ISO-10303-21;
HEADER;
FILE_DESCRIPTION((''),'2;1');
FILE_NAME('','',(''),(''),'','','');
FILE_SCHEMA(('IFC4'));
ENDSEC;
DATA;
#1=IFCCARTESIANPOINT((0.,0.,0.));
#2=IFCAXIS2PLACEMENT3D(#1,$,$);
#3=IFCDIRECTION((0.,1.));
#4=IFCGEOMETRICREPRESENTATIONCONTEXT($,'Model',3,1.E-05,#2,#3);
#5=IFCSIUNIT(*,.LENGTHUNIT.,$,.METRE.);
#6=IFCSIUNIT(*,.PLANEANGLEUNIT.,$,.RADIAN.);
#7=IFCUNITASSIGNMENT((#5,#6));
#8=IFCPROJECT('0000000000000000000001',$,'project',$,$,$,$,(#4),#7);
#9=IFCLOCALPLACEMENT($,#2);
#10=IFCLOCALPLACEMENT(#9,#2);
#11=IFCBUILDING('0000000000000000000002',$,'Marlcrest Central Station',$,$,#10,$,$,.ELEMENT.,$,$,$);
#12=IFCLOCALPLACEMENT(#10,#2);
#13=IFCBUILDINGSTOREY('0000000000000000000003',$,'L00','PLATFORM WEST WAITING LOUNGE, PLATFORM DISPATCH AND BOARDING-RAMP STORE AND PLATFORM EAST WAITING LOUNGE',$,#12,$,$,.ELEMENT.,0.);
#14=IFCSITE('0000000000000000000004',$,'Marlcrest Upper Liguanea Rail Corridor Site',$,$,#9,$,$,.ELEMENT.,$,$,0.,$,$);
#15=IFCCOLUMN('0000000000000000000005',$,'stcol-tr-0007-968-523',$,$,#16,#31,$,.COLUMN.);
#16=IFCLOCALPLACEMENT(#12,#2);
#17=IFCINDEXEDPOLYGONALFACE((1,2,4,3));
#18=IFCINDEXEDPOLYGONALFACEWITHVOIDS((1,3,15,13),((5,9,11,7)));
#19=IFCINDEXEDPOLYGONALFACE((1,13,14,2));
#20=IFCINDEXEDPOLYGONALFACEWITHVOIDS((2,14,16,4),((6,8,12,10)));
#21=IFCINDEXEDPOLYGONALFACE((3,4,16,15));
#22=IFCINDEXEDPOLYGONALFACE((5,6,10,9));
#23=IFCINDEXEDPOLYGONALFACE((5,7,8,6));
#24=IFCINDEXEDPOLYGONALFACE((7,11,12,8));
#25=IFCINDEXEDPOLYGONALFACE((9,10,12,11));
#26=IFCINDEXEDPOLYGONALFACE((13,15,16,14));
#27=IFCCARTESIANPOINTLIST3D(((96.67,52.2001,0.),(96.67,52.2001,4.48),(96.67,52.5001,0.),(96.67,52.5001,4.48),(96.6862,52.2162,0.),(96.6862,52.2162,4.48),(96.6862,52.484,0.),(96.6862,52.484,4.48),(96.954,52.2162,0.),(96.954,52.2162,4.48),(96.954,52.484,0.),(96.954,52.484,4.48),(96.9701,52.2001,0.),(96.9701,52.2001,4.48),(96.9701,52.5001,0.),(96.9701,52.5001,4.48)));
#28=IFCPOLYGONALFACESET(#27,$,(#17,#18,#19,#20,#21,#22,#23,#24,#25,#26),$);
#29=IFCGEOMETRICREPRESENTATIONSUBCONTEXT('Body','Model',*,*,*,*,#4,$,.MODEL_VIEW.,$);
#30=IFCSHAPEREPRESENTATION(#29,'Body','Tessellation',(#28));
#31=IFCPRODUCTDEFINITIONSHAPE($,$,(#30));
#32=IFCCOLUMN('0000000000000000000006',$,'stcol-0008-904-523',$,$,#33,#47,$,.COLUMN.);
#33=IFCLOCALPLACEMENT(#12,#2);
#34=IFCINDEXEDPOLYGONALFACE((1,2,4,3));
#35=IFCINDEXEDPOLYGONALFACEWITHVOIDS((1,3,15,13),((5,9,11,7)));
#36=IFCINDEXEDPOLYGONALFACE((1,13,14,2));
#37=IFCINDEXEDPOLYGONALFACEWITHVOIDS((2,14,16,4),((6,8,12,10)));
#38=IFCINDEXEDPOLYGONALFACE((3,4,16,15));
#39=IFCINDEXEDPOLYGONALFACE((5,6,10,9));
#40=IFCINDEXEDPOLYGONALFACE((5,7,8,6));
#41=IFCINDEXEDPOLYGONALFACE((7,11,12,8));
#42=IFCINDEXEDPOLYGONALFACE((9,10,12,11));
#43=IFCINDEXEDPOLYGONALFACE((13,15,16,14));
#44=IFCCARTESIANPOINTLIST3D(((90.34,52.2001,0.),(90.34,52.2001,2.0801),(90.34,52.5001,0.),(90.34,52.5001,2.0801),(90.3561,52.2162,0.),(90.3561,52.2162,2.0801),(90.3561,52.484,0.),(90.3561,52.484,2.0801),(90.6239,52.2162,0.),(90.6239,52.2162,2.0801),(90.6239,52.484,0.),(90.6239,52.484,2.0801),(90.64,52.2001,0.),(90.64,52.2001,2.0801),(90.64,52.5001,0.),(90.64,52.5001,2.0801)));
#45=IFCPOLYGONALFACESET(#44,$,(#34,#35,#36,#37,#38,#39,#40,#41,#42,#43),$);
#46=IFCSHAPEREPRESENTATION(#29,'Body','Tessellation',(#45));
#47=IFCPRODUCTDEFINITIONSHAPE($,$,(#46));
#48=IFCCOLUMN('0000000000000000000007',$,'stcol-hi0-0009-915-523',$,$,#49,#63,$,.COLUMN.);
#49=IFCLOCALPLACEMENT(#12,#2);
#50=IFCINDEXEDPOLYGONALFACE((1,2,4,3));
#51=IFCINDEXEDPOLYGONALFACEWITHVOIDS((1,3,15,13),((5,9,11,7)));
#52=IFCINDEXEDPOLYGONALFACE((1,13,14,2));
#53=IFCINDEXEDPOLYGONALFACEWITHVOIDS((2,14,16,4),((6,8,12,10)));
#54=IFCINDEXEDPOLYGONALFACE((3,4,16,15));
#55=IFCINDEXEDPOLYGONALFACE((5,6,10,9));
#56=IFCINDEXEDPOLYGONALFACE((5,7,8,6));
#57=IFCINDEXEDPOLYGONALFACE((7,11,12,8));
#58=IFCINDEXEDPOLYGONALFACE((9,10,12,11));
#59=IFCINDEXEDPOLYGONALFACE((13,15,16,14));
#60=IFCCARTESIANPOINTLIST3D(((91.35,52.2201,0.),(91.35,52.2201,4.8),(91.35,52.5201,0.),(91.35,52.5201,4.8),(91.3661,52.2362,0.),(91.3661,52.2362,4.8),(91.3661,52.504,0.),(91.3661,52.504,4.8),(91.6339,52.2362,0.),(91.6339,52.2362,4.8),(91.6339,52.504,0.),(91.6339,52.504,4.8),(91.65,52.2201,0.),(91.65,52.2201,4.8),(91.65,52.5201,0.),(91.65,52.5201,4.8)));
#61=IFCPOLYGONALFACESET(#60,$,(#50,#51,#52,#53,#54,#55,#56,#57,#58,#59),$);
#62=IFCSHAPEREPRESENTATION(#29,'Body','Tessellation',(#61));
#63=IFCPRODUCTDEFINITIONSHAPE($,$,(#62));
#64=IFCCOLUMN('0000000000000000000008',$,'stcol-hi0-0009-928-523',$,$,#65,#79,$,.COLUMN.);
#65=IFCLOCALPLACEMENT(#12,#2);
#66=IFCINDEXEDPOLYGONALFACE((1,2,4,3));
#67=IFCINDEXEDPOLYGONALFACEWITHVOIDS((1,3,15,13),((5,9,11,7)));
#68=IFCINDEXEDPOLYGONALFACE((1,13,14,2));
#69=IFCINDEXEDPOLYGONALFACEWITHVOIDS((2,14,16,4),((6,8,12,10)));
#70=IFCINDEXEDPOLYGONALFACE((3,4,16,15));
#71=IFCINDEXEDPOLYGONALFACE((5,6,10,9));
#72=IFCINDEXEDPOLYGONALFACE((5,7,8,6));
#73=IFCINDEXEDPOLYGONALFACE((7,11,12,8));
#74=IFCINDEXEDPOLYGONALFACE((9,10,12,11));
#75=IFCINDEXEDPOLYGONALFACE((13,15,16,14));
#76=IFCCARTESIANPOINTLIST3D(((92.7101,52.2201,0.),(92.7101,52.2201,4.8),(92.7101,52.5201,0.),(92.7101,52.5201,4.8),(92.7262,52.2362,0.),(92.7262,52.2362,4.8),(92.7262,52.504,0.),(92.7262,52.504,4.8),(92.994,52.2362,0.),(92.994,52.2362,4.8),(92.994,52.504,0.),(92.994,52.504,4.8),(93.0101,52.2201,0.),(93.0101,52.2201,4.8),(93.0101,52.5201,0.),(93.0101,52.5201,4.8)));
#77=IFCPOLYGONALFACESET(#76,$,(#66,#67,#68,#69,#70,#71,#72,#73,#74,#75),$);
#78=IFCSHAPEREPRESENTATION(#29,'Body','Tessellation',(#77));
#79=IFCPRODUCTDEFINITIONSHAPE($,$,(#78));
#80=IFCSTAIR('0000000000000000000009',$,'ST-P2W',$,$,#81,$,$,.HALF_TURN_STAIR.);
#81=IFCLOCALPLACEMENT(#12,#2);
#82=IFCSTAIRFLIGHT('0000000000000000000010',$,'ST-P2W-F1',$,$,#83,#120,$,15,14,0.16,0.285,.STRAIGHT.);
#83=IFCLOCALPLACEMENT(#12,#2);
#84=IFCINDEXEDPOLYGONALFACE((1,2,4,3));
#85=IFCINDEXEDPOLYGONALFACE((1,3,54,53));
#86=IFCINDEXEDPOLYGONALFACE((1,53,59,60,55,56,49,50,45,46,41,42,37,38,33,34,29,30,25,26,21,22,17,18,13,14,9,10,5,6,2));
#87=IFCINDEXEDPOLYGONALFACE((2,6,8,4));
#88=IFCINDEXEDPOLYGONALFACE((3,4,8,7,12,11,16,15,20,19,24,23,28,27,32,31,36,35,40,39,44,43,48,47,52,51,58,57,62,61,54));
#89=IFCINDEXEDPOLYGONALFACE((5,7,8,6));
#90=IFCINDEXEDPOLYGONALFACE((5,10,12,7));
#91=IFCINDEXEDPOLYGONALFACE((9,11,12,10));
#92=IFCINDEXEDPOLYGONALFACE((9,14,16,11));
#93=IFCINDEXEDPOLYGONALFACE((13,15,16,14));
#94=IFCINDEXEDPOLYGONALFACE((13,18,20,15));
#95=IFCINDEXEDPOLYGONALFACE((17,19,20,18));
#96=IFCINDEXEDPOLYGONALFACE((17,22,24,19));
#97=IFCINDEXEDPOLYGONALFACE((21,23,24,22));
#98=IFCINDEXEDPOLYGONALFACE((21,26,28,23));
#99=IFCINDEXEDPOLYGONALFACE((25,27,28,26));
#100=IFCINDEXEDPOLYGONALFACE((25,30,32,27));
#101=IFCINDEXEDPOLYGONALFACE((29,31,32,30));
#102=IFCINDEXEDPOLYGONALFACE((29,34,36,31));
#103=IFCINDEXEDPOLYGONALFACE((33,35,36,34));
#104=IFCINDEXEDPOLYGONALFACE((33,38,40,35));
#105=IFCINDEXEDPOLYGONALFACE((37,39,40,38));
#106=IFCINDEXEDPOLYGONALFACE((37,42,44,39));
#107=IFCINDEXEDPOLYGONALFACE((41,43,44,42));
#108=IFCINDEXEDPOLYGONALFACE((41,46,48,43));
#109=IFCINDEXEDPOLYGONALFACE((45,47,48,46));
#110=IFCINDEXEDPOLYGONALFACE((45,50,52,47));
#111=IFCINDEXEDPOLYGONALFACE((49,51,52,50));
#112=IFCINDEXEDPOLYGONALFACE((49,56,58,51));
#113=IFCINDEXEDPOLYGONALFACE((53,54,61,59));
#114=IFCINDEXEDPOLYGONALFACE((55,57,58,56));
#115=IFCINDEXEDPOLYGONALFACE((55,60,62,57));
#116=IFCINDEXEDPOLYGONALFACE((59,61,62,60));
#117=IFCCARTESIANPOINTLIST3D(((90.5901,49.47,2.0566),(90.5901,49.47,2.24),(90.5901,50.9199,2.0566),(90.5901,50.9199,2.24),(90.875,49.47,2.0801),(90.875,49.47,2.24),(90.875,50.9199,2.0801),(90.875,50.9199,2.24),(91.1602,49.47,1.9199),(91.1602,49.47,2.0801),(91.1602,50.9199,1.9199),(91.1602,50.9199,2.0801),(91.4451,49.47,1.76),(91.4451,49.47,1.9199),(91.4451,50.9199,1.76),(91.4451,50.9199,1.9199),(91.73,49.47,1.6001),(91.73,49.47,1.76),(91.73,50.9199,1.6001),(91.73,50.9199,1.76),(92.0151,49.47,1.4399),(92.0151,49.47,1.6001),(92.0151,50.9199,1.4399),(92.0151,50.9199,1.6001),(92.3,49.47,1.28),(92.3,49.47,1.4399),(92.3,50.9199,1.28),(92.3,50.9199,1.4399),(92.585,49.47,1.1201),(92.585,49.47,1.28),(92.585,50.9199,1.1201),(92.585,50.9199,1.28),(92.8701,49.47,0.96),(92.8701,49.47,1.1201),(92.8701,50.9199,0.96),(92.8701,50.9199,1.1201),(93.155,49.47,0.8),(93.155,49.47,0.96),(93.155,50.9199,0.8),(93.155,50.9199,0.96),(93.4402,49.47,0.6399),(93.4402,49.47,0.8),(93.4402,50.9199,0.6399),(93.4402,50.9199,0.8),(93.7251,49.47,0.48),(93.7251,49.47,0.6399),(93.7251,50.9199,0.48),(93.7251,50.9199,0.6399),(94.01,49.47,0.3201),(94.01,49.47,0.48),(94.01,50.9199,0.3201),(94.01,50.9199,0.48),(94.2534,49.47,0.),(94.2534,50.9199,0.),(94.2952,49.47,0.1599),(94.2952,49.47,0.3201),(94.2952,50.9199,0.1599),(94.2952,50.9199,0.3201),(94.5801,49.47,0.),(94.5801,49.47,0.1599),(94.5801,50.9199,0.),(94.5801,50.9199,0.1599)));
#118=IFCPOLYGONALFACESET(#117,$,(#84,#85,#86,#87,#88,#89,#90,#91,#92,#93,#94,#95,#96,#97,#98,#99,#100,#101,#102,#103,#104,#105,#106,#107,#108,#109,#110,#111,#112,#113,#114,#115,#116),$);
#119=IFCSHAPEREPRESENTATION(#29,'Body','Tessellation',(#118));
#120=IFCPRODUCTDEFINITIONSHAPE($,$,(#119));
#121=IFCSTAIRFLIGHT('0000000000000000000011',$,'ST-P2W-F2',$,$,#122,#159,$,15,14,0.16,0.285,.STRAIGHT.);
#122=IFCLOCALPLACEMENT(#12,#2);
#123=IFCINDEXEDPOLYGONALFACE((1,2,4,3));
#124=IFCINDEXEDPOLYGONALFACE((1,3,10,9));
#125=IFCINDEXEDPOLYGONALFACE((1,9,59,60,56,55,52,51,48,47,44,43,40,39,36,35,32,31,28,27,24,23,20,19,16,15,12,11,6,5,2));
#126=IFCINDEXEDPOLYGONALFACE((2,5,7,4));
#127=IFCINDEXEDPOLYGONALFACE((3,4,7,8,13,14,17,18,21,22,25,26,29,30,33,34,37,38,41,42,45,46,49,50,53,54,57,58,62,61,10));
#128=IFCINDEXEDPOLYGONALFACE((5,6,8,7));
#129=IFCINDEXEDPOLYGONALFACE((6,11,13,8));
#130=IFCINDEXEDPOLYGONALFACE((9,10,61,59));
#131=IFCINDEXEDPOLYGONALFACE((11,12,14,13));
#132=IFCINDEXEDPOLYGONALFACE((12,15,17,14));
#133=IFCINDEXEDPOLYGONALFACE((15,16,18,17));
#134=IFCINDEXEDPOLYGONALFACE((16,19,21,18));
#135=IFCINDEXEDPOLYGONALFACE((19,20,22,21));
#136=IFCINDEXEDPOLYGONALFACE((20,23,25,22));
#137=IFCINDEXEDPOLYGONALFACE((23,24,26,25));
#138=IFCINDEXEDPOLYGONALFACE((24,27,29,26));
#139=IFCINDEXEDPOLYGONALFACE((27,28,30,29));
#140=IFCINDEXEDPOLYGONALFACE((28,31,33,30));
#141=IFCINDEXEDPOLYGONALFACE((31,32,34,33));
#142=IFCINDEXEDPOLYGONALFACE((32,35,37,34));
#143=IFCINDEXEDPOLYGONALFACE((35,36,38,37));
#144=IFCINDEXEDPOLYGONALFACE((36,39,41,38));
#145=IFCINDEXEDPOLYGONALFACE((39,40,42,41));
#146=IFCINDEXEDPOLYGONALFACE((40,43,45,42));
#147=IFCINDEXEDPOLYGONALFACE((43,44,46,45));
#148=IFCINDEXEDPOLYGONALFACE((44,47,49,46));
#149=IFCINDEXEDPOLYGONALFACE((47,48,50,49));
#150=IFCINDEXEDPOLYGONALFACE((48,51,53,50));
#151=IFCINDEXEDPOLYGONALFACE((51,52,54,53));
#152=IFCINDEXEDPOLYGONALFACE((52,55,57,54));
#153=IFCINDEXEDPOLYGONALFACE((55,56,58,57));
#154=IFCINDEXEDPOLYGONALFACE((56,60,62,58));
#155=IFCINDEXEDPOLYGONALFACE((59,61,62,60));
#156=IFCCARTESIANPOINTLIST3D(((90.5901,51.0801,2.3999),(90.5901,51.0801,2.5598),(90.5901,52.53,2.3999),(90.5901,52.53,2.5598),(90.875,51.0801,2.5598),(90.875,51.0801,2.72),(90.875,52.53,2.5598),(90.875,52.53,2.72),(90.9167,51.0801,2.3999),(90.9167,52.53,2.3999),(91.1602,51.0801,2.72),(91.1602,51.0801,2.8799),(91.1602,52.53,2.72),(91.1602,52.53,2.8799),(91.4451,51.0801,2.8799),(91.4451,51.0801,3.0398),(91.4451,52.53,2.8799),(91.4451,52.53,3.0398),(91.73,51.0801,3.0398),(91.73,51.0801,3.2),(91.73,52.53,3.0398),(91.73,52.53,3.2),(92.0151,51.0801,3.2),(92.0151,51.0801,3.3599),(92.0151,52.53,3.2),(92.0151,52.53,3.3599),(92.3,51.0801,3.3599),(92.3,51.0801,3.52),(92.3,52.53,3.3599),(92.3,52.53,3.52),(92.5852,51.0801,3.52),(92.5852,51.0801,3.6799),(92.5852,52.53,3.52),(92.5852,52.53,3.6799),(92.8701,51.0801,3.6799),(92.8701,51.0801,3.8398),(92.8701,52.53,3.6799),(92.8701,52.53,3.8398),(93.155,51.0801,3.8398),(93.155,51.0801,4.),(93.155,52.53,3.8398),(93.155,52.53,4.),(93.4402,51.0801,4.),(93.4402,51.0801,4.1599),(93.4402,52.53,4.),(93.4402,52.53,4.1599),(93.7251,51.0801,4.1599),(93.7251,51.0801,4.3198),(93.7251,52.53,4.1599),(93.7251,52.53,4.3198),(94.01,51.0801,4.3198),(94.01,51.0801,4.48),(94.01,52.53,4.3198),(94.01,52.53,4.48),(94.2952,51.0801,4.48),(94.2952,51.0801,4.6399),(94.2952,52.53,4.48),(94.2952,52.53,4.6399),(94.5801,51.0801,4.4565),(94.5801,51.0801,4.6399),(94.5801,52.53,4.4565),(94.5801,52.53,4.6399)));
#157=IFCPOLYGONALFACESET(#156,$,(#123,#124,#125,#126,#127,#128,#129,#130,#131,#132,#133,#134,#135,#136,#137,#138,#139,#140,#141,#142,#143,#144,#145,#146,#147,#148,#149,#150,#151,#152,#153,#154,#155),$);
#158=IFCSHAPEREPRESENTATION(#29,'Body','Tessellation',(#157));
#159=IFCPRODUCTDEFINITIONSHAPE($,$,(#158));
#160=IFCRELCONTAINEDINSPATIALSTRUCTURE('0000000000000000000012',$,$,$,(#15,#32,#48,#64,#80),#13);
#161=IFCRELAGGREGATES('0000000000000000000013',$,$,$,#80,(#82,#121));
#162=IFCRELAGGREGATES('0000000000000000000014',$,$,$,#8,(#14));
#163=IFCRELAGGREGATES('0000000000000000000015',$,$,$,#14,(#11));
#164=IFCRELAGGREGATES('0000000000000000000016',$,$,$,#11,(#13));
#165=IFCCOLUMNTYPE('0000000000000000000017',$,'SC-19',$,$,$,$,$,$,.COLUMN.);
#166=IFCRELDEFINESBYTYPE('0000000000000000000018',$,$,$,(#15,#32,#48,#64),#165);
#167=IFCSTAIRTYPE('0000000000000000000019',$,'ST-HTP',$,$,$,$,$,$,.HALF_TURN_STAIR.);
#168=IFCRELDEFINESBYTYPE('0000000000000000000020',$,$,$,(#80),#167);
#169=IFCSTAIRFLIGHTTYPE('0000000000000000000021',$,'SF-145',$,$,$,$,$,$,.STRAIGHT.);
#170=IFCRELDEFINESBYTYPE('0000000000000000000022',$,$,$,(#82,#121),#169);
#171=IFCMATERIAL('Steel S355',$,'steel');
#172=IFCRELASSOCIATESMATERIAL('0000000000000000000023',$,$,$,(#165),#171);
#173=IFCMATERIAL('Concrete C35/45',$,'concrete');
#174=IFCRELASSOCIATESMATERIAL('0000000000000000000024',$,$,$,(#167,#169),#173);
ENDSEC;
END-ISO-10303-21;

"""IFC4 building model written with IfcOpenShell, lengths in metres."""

from ifc_helpers import new_model, si_unit, direction, frame, origin, origin_2d, place, context, subcontext, project, spatial, polyline, hollow_rectangle, outline, extrude, material, material_profile, profile_set, type_object, element, aggregate, save


model = new_model("IFC4")

# Units and contexts
model_context = context("Model", 3, precision=1e-05, world=origin(), true_north=direction((0.0, 1.0)))
body_context = subcontext(model_context, "Body", "Model", "MODEL_VIEW")
ifc_project = project(units=[si_unit("LENGTHUNIT", "METRE"), si_unit("PLANEANGLEUNIT", "RADIAN")], contexts=[model_context])

# Site, building, storey
site_placement = place(None, origin())
site = spatial("IfcSite", under=ifc_project, at=site_placement, Name="Marlcrest Upper Liguanea Rail Corridor Site", CompositionType="ELEMENT", RefElevation=0.0)
building_placement = place(site_placement, origin())
building = spatial("IfcBuilding", under=site, at=building_placement, Name="Marlcrest Central Station", CompositionType="ELEMENT")
storey_placement = place(building_placement, origin())
storey = spatial("IfcBuildingStorey", under=building, at=storey_placement, Name="L00", Description="PLATFORM WEST WAITING LOUNGE, PLATFORM DISPATCH AND BOARDING-RAMP STORE AND PLATFORM EAST WAITING LOUNGE", CompositionType="ELEMENT", Elevation=0.0)

# Shared definitions
ifc_material_1 = material(Name="Concrete C35/45", Category="concrete")

# Columns
ifc_material_2 = material(Name="Steel S355", Category="steel")
ifc_material_profile_1 = material_profile(ifc_material_2, hollow_rectangle(XDim=0.3, YDim=0.3, WallThickness=0.0161, at=origin_2d()), Name="SHS 300x300x16")
ifc_profile_set_1 = profile_set([ifc_material_profile_1], Name="Steel S355")
column_type_1 = type_object("IfcColumnType", Name="SC-19", PredefinedType="COLUMN", material=ifc_profile_set_1)
for number, where, z_axis, x_axis, name in (
    (1, (96.8201, 52.3501, 0.0), (0.0, 0.0, 1.0), (1.0, 0.0, 0.0), "stcol-tr-0007-968-523"),
):
    element("IfcColumn", number, at=place(storey_placement, frame(where, z_axis=z_axis, x_axis=x_axis)), inside=storey, type_object=column_type_1, Name=name, PredefinedType="COLUMN", context=body_context, shape_type="SweptSolid", body=[
        extrude(hollow_rectangle(XDim=0.3, YDim=0.3, WallThickness=0.0161, at=origin_2d()), origin(), (0.0, 0.0, 1.0), 4.48),
    ])
column_1_placement = place(storey_placement, frame((90.49, 52.3501, 0.0), z_axis=(0.0, 0.0, 1.0), x_axis=(1.0, 0.0, 0.0)))
element("IfcColumn", 2, at=column_1_placement, inside=storey, type_object=column_type_1, Name="stcol-0008-904-523", PredefinedType="COLUMN", context=body_context, shape_type="SweptSolid", body=[
    extrude(hollow_rectangle(XDim=0.3, YDim=0.3, WallThickness=0.0161, at=origin_2d()), origin(), (0.0, 0.0, 1.0), 2.0801),
])
for number, where, z_axis, x_axis, name in (
    (3, (91.5, 52.3701, 0.0), (0.0, 0.0, 1.0), (1.0, 0.0, 0.0), "stcol-hi0-0009-915-523"),
    (4, (92.8601, 52.3701, 0.0), (0.0, 0.0, 1.0), (1.0, 0.0, 0.0), "stcol-hi0-0009-928-523"),
):
    element("IfcColumn", number, at=place(storey_placement, frame(where, z_axis=z_axis, x_axis=x_axis)), inside=storey, type_object=column_type_1, Name=name, PredefinedType="COLUMN", context=body_context, shape_type="SweptSolid", body=[
        extrude(hollow_rectangle(XDim=0.3, YDim=0.3, WallThickness=0.0161, at=origin_2d()), origin(), (0.0, 0.0, 1.0), 4.8),
    ])

# Stair, stair flights
stair_type = type_object("IfcStairType", Name="ST-HTP", PredefinedType="HALF_TURN_STAIR", material=ifc_material_1)
stair_placement = place(storey_placement, origin())
stair = element("IfcStair", 5, at=stair_placement, inside=storey, type_object=stair_type, Name="ST-P2W", PredefinedType="HALF_TURN_STAIR")
stair_flight_type = type_object("IfcStairFlightType", Name="SF-145", PredefinedType="STRAIGHT", material=ifc_material_1)
stair_flight_1_placement = place(storey_placement, frame((94.5801, 50.1951, 0.0), z_axis=(0.0, 0.0, 1.0), x_axis=(-1.0, 0.0, 0.0)))
stair_flight_1 = element("IfcStairFlight", 6, at=stair_flight_1_placement, type_object=stair_flight_type, Name="ST-P2W-F1", NumberOfRisers=15, NumberOfTreads=14, PredefinedType="STRAIGHT", RiserHeight=0.16, TreadLength=0.285, context=body_context, shape_type="SweptSolid", body=[
    extrude(outline(polyline([(0.0, 0.0), (0.0, 0.1599), (0.2849, 0.1599), (0.2849, 0.3201), (0.5701, 0.3201), (0.5701, 0.48), (0.855, 0.48), (0.855, 0.6399), (1.1399, 0.6399), (1.1399, 0.8), (1.425, 0.8), (1.425, 0.96), (1.71, 0.96), (1.71, 1.1201), (1.9951, 1.1201), (1.9951, 1.28), (2.28, 1.28), (2.28, 1.4399), (2.5649, 1.4399), (2.5649, 1.6001), (2.8501, 1.6001), (2.8501, 1.76), (3.135, 1.76), (3.135, 1.9199), (3.4199, 1.9199), (3.4199, 2.0801), (3.7051, 2.0801), (3.7051, 2.24), (3.99, 2.24), (3.99, 2.3999), (3.99, 2.0566), (0.3267, 0.0), (0.0, 0.0)])), frame((0.0, 0.7251, 0.0), z_axis=(0.0, -1.0, 0.0), x_axis=(1.0, 0.0, 0.0)), (0.0, 0.0, 1.0), 1.45),
])
stair_flight_2_placement = place(storey_placement, frame((90.5901, 51.8049, 2.3999), z_axis=(0.0, 0.0, 1.0), x_axis=(1.0, 0.0, 0.0)))
stair_flight_2 = element("IfcStairFlight", 7, at=stair_flight_2_placement, type_object=stair_flight_type, Name="ST-P2W-F2", NumberOfRisers=15, NumberOfTreads=14, PredefinedType="STRAIGHT", RiserHeight=0.16, TreadLength=0.285, context=body_context, shape_type="SweptSolid", body=[
    extrude(outline(polyline([(0.0, 0.0), (0.0, 0.1599), (0.2849, 0.1599), (0.2849, 0.3201), (0.5701, 0.3201), (0.5701, 0.48), (0.855, 0.48), (0.855, 0.6399), (1.1399, 0.6399), (1.1399, 0.8), (1.425, 0.8), (1.425, 0.96), (1.71, 0.96), (1.71, 1.1201), (1.9951, 1.1201), (1.9951, 1.28), (2.28, 1.28), (2.28, 1.4399), (2.5649, 1.4399), (2.5649, 1.6001), (2.8501, 1.6001), (2.8501, 1.76), (3.135, 1.76), (3.135, 1.9199), (3.4199, 1.9199), (3.4199, 2.0801), (3.7051, 2.0801), (3.7051, 2.24), (3.99, 2.24), (3.99, 2.3999), (3.99, 2.0566), (0.3267, 0.0), (0.0, 0.0)])), frame((0.0, 0.7251, 0.0), z_axis=(0.0, -1.0, 0.0), x_axis=(1.0, 0.0, 0.0)), (0.0, 0.0, 1.0), 1.45),
])
aggregate(stair, [stair_flight_1, stair_flight_2])

save(model, "model.ifc")
